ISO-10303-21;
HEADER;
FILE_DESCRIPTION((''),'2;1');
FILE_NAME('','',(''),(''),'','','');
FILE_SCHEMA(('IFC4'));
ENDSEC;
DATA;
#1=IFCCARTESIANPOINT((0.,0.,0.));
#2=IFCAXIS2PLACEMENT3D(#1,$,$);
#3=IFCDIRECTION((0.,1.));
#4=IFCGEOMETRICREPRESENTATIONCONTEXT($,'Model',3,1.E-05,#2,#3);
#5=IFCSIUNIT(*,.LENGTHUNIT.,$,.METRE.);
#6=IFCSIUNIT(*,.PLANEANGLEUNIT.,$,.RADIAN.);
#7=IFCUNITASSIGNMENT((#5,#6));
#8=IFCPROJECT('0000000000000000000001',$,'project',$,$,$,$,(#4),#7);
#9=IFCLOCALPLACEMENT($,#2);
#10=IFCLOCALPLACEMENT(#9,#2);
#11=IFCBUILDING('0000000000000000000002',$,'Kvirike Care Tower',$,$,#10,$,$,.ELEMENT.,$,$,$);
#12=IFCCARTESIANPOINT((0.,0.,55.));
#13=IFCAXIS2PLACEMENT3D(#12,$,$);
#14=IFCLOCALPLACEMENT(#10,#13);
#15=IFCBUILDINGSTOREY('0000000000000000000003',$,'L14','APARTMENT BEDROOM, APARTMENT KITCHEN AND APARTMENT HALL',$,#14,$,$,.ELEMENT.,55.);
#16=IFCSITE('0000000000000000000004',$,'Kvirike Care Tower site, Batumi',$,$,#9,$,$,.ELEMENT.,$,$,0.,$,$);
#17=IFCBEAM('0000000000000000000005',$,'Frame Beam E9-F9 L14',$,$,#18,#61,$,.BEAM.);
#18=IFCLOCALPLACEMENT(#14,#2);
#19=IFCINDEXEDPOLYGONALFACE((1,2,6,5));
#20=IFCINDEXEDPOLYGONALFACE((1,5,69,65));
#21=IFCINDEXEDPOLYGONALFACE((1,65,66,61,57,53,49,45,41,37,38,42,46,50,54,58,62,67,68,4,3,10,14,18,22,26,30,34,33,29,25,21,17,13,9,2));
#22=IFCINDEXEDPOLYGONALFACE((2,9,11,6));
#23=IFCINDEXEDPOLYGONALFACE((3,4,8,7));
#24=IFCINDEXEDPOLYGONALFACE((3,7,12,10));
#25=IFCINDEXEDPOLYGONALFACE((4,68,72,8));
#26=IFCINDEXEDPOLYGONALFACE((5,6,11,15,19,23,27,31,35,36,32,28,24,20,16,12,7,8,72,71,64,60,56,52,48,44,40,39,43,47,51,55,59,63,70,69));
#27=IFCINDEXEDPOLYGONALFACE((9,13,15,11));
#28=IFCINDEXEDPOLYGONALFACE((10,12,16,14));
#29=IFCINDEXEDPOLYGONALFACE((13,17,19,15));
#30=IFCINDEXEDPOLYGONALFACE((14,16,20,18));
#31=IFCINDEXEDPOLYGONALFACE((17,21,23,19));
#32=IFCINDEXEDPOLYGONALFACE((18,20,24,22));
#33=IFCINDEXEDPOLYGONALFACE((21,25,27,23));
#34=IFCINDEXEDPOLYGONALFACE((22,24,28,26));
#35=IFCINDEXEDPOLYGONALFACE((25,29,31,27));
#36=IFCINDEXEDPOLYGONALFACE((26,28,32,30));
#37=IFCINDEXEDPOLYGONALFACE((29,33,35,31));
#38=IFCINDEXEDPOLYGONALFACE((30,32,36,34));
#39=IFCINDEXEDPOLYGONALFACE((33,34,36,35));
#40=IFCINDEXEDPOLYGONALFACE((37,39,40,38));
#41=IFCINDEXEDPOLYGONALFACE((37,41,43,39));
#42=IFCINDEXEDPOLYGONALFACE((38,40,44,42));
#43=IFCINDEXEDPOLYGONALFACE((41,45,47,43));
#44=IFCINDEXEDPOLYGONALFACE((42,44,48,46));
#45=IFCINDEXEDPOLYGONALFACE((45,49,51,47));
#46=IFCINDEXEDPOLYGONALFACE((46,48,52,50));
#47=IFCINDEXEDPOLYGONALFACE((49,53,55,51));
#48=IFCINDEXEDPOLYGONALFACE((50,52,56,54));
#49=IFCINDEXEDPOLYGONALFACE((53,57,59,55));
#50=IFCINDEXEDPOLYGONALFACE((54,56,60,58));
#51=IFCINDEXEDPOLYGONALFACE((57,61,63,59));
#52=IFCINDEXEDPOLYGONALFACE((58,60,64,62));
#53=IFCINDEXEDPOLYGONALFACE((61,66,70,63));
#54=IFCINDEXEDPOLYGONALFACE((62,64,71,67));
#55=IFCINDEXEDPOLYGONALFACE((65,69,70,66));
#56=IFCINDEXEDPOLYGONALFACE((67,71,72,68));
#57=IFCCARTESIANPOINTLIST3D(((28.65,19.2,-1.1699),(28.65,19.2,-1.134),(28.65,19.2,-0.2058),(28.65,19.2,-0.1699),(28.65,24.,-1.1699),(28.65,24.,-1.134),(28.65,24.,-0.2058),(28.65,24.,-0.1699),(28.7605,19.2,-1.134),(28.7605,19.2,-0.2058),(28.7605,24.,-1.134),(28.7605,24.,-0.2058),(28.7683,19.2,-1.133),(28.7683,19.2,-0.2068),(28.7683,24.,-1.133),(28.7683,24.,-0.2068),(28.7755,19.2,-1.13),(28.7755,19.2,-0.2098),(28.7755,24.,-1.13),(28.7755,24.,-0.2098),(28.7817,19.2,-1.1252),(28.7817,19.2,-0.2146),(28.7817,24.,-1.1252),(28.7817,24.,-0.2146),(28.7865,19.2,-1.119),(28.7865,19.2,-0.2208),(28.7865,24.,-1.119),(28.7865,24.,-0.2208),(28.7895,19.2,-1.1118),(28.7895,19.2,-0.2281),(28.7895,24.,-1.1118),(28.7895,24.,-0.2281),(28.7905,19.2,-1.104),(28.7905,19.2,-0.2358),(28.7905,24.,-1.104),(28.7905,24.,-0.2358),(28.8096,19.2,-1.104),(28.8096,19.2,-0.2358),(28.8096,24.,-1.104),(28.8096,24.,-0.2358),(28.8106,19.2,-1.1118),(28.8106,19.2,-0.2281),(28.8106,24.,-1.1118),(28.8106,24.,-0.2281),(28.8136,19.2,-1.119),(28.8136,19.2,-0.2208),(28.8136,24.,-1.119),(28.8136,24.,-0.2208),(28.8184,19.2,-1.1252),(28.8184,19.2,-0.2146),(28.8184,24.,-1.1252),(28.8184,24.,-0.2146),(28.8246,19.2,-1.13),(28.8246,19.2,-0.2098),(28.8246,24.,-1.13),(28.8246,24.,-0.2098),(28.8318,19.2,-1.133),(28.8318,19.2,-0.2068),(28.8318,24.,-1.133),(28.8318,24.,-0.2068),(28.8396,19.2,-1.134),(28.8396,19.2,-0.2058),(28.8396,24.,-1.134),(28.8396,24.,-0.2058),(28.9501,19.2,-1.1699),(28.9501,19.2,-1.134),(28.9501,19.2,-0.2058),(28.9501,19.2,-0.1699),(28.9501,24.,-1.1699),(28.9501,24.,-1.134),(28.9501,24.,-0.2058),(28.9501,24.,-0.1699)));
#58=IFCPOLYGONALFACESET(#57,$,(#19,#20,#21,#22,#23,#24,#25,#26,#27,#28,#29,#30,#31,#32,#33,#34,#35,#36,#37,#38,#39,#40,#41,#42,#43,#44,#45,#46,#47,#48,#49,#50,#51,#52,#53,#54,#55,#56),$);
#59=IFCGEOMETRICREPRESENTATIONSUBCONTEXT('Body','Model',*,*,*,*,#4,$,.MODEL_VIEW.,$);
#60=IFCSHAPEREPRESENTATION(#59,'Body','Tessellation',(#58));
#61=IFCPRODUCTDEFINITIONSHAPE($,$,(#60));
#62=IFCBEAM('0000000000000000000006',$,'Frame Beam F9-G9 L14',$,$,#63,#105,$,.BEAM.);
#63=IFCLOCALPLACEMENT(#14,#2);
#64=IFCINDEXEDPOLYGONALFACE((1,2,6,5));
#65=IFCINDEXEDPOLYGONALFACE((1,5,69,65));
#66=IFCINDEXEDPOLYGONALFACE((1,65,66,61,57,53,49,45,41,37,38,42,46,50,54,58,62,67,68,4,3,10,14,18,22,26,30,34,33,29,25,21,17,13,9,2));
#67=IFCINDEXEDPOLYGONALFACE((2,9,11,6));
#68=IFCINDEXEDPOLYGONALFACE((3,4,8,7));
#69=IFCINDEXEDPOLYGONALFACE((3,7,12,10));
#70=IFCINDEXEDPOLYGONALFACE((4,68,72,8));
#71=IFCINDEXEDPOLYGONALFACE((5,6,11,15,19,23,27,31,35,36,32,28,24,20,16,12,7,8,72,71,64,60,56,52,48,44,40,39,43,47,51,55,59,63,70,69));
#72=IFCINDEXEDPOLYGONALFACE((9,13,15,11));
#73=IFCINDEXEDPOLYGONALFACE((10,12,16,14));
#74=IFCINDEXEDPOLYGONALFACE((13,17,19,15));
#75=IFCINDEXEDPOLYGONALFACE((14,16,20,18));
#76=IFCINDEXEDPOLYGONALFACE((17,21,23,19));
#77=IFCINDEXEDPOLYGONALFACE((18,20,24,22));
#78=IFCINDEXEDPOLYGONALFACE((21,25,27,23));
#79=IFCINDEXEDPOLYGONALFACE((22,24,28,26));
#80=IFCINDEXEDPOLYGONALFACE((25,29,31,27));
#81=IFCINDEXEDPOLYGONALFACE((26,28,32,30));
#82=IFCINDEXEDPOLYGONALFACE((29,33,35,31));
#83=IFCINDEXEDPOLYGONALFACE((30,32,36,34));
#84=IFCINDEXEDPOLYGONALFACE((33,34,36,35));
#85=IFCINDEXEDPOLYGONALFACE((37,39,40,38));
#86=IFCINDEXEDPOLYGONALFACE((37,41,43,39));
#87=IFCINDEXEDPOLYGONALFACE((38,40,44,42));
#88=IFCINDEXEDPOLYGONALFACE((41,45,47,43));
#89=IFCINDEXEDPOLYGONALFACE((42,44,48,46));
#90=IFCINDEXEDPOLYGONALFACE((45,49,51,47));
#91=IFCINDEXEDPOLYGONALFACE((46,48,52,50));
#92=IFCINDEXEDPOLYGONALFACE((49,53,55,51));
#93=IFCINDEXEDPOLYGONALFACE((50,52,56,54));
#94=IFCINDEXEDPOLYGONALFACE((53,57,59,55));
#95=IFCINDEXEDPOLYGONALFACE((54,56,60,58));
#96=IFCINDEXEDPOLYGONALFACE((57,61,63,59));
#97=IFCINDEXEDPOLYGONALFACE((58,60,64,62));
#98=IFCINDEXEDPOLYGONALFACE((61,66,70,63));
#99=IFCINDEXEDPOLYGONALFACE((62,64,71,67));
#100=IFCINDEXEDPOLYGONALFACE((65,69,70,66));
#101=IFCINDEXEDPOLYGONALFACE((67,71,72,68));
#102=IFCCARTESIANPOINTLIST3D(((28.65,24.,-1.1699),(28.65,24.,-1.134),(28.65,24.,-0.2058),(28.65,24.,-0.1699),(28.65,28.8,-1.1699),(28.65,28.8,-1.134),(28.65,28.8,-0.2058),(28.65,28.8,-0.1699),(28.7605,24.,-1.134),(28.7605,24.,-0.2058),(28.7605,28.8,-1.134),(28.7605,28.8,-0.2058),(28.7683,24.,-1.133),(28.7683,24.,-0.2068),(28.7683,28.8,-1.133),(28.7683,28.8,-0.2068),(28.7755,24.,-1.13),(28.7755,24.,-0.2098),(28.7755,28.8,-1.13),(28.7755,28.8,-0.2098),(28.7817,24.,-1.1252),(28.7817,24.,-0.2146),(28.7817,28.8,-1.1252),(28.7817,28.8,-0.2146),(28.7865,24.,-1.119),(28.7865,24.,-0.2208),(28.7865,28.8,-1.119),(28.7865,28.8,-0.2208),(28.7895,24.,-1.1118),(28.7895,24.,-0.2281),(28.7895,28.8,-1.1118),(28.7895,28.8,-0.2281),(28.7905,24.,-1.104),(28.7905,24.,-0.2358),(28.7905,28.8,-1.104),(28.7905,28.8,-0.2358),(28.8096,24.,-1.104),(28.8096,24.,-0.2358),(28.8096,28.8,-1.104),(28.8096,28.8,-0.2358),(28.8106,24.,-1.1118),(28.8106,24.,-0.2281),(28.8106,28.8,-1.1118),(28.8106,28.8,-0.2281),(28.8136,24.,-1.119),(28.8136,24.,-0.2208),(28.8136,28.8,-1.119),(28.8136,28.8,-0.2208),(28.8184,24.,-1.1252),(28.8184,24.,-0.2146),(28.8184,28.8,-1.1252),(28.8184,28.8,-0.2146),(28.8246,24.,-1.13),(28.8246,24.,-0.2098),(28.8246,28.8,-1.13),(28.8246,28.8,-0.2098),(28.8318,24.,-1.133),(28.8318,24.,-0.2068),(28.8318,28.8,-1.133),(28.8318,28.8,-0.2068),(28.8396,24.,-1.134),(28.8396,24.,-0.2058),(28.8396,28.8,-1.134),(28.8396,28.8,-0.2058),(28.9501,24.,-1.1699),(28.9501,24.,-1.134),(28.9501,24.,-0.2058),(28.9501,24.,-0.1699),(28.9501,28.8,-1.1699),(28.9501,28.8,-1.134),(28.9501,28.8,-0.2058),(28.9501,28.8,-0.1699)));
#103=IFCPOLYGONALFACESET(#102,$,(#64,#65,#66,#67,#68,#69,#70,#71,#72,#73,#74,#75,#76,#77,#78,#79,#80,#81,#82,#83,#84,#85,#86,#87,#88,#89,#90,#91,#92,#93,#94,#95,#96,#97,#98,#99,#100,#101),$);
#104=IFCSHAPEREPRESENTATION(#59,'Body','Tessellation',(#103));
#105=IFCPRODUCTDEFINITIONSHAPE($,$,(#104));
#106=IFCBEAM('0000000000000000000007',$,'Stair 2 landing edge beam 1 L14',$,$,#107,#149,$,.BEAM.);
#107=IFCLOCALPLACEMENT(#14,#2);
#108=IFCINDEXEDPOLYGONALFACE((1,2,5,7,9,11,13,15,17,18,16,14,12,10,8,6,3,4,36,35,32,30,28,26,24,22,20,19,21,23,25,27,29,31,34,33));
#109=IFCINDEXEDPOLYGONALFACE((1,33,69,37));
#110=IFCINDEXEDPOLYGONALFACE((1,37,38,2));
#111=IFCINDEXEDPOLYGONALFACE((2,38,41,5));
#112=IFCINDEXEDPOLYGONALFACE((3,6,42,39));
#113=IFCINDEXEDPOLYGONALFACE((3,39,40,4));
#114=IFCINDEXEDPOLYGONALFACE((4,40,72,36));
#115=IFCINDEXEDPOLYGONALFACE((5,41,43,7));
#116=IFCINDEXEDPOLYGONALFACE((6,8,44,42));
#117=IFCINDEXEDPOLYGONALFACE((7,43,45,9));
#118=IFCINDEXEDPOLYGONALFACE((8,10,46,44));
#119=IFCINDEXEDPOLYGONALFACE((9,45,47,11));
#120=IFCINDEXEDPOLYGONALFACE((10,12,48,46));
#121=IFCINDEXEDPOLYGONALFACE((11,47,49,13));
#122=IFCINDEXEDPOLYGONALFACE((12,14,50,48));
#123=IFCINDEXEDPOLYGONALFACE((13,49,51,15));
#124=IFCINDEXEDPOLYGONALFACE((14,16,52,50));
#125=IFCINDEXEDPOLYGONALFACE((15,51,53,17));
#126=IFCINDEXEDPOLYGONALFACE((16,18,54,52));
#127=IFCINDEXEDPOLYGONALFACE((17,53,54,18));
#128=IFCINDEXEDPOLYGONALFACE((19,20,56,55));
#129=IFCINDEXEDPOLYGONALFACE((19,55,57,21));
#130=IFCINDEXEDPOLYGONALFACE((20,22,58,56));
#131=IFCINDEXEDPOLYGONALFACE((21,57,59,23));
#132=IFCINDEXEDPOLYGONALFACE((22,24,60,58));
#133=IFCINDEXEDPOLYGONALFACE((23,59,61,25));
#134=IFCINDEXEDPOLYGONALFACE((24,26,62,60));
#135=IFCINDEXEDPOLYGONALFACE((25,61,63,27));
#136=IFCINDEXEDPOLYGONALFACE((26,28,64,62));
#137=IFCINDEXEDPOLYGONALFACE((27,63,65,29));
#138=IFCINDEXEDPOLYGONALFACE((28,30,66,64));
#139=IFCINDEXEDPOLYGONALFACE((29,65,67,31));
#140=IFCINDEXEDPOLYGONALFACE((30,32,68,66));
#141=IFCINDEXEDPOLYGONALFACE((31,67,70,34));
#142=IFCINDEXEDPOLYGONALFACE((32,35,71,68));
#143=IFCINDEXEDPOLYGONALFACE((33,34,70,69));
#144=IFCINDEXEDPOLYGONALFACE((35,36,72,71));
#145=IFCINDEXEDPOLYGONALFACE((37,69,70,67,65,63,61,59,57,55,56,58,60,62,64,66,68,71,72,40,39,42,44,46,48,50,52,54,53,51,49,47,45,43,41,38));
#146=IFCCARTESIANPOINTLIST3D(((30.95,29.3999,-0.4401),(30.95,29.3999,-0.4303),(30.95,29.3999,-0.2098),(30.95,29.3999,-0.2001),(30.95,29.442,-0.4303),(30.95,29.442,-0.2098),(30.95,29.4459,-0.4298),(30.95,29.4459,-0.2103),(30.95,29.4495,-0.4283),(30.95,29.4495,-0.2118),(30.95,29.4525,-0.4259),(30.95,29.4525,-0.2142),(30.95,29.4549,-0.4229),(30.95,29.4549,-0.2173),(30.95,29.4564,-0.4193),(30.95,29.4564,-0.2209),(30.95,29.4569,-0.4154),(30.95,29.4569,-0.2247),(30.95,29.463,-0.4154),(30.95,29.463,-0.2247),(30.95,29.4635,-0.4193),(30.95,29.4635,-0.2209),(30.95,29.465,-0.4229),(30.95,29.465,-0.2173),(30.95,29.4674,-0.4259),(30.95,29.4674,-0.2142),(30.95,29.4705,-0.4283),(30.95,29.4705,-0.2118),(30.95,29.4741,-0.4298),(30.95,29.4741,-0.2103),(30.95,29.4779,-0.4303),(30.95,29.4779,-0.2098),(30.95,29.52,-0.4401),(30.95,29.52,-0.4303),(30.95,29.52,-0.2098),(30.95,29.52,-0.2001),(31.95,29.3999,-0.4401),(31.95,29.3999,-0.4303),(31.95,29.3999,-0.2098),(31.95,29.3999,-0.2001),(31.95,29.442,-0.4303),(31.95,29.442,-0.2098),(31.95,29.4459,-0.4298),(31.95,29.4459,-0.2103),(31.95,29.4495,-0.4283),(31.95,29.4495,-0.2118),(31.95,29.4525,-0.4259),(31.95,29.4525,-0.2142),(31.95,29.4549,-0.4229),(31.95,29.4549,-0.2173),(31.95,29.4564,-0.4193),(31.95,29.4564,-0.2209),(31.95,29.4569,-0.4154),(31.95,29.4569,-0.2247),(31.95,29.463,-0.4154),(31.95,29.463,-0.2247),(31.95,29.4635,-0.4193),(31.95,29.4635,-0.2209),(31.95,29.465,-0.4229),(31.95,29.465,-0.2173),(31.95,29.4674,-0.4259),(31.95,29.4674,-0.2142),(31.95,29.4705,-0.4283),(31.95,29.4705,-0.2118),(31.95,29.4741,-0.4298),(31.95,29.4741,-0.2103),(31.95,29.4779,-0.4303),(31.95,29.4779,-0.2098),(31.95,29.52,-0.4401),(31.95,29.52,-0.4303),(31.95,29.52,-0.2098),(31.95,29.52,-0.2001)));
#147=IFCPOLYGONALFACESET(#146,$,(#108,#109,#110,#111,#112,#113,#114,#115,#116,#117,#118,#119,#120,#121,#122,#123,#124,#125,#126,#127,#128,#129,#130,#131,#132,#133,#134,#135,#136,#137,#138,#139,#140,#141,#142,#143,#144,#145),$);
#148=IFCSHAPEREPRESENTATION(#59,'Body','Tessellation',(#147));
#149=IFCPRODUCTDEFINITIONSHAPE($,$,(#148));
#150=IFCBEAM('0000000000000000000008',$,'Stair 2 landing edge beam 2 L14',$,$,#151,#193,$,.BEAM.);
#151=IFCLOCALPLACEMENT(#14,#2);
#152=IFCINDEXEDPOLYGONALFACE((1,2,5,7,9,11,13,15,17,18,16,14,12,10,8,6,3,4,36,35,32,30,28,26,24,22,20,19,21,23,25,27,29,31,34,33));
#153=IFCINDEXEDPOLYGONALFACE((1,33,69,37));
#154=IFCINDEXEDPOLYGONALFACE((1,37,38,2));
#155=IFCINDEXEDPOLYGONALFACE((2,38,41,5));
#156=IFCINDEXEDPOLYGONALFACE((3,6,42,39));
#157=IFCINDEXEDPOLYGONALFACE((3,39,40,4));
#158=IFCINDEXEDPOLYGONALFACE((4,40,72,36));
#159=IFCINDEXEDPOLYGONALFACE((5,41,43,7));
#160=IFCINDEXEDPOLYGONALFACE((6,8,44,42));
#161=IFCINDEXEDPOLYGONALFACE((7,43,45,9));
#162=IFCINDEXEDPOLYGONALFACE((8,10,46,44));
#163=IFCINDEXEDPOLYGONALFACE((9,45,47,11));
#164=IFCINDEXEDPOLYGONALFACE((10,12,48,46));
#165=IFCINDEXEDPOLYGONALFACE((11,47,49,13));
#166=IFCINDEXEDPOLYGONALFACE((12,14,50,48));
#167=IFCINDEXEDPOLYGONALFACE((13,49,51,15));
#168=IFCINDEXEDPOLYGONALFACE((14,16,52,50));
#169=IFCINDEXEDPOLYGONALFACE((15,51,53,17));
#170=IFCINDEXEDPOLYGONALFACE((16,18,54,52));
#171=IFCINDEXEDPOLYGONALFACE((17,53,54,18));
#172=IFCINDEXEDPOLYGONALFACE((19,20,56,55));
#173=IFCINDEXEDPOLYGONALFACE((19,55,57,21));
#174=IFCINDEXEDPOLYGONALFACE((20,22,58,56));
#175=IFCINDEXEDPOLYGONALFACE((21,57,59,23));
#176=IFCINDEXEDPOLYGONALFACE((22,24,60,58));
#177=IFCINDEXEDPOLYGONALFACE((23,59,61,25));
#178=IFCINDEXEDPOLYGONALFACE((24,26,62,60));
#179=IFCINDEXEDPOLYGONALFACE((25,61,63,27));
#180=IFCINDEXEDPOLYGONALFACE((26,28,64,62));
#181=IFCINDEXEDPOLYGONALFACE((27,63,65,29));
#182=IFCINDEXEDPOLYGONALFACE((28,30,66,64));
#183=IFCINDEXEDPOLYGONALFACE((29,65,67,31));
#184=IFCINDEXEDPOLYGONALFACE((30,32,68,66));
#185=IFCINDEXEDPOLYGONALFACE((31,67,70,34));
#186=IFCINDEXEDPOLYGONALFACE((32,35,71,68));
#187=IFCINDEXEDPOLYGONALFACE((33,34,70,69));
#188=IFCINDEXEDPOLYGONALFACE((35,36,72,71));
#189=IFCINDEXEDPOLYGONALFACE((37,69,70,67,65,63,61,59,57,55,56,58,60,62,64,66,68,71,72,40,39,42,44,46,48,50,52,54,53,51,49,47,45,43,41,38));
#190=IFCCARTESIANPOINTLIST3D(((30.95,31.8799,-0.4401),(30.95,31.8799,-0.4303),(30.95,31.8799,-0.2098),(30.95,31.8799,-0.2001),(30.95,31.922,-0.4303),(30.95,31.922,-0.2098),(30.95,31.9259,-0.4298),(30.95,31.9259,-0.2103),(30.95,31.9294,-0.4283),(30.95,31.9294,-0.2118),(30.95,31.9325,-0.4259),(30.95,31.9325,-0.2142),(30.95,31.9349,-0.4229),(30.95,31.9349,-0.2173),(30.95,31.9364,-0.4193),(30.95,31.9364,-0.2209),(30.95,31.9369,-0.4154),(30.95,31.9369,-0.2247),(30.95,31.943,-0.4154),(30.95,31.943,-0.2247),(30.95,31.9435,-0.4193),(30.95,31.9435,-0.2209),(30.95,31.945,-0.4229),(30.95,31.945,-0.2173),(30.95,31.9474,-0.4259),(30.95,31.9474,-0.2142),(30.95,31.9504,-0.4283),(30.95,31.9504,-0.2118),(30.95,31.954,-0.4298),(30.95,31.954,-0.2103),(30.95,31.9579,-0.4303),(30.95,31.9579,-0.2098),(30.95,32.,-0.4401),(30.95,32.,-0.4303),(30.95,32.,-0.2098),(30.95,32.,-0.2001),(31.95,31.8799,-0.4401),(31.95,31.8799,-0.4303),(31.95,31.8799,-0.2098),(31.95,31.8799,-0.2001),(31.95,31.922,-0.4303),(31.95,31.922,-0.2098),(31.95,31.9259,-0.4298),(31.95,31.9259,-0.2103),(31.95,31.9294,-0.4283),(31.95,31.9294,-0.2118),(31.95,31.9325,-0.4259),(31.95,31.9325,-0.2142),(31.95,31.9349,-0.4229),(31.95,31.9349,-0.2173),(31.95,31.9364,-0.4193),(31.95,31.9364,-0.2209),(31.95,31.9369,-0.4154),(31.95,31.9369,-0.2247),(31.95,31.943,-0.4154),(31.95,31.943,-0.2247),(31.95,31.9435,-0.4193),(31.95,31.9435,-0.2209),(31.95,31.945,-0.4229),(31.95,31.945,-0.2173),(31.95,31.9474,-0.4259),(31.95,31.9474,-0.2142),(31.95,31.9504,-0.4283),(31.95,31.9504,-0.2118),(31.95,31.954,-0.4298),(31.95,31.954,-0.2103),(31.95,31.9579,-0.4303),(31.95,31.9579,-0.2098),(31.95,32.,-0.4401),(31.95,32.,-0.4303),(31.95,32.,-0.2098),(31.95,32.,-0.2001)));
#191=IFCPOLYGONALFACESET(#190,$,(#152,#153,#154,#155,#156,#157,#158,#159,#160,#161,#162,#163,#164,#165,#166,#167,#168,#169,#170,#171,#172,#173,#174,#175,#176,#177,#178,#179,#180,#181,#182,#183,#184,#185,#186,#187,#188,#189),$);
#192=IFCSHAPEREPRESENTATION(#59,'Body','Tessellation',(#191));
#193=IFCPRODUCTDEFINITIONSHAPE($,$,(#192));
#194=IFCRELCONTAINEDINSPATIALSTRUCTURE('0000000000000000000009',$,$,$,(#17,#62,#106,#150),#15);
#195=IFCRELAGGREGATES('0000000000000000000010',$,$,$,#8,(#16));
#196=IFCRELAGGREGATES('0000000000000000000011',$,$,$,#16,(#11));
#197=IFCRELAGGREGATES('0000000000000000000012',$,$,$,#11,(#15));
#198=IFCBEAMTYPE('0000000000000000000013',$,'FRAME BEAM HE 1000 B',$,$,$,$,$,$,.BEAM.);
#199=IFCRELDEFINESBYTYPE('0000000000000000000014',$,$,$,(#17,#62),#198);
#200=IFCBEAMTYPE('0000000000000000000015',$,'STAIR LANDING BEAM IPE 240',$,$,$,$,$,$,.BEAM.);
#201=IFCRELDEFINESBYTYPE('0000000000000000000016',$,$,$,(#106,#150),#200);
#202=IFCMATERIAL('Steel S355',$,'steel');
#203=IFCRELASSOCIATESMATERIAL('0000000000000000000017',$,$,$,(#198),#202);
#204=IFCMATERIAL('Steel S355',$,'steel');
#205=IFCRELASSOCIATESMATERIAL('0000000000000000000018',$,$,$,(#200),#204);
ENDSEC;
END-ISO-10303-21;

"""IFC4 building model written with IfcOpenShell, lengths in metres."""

from ifc_helpers import new_model, si_unit, direction, frame, origin, origin_2d, place, context, subcontext, project, spatial, i_section, extrude, material, material_profile, profile_set, type_object, element, save


model = new_model("IFC4")

# Units and contexts
model_context = context("Model", 3, precision=1e-05, world=origin(), true_north=direction((0.0, 1.0)))
body_context = subcontext(model_context, "Body", "Model", "MODEL_VIEW")
ifc_project = project(units=[si_unit("LENGTHUNIT", "METRE"), si_unit("PLANEANGLEUNIT", "RADIAN")], contexts=[model_context])

# Site, building, storey
site_placement = place(None, origin())
site = spatial("IfcSite", under=ifc_project, at=site_placement, Name="Kvirike Care Tower site, Batumi", CompositionType="ELEMENT", RefElevation=0.0)
building_placement = place(site_placement, origin())
building = spatial("IfcBuilding", under=site, at=building_placement, Name="Kvirike Care Tower", CompositionType="ELEMENT")
storey_placement = place(building_placement, frame((0.0, 0.0, 55.0)))
storey = spatial("IfcBuildingStorey", under=building, at=storey_placement, Name="L14", Description="APARTMENT BEDROOM, APARTMENT KITCHEN AND APARTMENT HALL", CompositionType="ELEMENT", Elevation=55.0)

# Beams
ifc_material_1 = material(Name="Steel S355", Category="steel")
ifc_material_profile_1 = material_profile(ifc_material_1, i_section(OverallWidth=0.3, OverallDepth=1.0, WebThickness=0.019, FlangeThickness=0.0359, FilletRadius=0.03, at=origin_2d()), Name="HE 1000 B")
ifc_profile_set_1 = profile_set([ifc_material_profile_1], Name="Steel S355")
beam_type_1 = type_object("IfcBeamType", Name="FRAME BEAM HE 1000 B", PredefinedType="BEAM", material=ifc_profile_set_1)
for number, where, z_axis, x_axis, name in (
    (1, (28.8, 19.2, -0.6699), (0.0, 1.0, 0.0), (-1.0, 0.0, 0.0), "Frame Beam E9-F9 L14"),
    (2, (28.8, 24.0, -0.6699), (0.0, 1.0, 0.0), (-1.0, 0.0, 0.0), "Frame Beam F9-G9 L14"),
):
    element("IfcBeam", number, at=place(storey_placement, frame(where, z_axis=z_axis, x_axis=x_axis)), inside=storey, type_object=beam_type_1, Name=name, PredefinedType="BEAM", context=body_context, shape_type="SweptSolid", body=[
        extrude(i_section(OverallWidth=0.3, OverallDepth=1.0, WebThickness=0.019, FlangeThickness=0.0359, FilletRadius=0.03, at=origin_2d()), origin(), (0.0, 0.0, 1.0), 4.8),
    ])
ifc_material_2 = material(Name="Steel S355", Category="steel")
ifc_material_profile_2 = material_profile(ifc_material_2, i_section(OverallWidth=0.1201, OverallDepth=0.24, WebThickness=0.0061, FlangeThickness=0.0098, FilletRadius=0.0149, at=origin_2d()), Name="IPE 240")
ifc_profile_set_2 = profile_set([ifc_material_profile_2], Name="Steel S355")
beam_type_2 = type_object("IfcBeamType", Name="STAIR LANDING BEAM IPE 240", PredefinedType="BEAM", material=ifc_profile_set_2)
for number, where, z_axis, x_axis, name in (
    (3, (31.95, 29.46, -0.3201), (-1.0, 0.0, 0.0), (0.0, -1.0, 0.0), "Stair 2 landing edge beam 1 L14"),
    (4, (31.95, 31.9399, -0.3201), (-1.0, 0.0, 0.0), (0.0, -1.0, 0.0), "Stair 2 landing edge beam 2 L14"),
):
    element("IfcBeam", number, at=place(storey_placement, frame(where, z_axis=z_axis, x_axis=x_axis)), inside=storey, type_object=beam_type_2, Name=name, PredefinedType="BEAM", context=body_context, shape_type="SweptSolid", body=[
        extrude(i_section(OverallWidth=0.1201, OverallDepth=0.24, WebThickness=0.0061, FlangeThickness=0.0098, FilletRadius=0.0149, at=origin_2d()), origin(), (0.0, 0.0, 1.0), 1.0),
    ])

save(model, "model.ifc")
